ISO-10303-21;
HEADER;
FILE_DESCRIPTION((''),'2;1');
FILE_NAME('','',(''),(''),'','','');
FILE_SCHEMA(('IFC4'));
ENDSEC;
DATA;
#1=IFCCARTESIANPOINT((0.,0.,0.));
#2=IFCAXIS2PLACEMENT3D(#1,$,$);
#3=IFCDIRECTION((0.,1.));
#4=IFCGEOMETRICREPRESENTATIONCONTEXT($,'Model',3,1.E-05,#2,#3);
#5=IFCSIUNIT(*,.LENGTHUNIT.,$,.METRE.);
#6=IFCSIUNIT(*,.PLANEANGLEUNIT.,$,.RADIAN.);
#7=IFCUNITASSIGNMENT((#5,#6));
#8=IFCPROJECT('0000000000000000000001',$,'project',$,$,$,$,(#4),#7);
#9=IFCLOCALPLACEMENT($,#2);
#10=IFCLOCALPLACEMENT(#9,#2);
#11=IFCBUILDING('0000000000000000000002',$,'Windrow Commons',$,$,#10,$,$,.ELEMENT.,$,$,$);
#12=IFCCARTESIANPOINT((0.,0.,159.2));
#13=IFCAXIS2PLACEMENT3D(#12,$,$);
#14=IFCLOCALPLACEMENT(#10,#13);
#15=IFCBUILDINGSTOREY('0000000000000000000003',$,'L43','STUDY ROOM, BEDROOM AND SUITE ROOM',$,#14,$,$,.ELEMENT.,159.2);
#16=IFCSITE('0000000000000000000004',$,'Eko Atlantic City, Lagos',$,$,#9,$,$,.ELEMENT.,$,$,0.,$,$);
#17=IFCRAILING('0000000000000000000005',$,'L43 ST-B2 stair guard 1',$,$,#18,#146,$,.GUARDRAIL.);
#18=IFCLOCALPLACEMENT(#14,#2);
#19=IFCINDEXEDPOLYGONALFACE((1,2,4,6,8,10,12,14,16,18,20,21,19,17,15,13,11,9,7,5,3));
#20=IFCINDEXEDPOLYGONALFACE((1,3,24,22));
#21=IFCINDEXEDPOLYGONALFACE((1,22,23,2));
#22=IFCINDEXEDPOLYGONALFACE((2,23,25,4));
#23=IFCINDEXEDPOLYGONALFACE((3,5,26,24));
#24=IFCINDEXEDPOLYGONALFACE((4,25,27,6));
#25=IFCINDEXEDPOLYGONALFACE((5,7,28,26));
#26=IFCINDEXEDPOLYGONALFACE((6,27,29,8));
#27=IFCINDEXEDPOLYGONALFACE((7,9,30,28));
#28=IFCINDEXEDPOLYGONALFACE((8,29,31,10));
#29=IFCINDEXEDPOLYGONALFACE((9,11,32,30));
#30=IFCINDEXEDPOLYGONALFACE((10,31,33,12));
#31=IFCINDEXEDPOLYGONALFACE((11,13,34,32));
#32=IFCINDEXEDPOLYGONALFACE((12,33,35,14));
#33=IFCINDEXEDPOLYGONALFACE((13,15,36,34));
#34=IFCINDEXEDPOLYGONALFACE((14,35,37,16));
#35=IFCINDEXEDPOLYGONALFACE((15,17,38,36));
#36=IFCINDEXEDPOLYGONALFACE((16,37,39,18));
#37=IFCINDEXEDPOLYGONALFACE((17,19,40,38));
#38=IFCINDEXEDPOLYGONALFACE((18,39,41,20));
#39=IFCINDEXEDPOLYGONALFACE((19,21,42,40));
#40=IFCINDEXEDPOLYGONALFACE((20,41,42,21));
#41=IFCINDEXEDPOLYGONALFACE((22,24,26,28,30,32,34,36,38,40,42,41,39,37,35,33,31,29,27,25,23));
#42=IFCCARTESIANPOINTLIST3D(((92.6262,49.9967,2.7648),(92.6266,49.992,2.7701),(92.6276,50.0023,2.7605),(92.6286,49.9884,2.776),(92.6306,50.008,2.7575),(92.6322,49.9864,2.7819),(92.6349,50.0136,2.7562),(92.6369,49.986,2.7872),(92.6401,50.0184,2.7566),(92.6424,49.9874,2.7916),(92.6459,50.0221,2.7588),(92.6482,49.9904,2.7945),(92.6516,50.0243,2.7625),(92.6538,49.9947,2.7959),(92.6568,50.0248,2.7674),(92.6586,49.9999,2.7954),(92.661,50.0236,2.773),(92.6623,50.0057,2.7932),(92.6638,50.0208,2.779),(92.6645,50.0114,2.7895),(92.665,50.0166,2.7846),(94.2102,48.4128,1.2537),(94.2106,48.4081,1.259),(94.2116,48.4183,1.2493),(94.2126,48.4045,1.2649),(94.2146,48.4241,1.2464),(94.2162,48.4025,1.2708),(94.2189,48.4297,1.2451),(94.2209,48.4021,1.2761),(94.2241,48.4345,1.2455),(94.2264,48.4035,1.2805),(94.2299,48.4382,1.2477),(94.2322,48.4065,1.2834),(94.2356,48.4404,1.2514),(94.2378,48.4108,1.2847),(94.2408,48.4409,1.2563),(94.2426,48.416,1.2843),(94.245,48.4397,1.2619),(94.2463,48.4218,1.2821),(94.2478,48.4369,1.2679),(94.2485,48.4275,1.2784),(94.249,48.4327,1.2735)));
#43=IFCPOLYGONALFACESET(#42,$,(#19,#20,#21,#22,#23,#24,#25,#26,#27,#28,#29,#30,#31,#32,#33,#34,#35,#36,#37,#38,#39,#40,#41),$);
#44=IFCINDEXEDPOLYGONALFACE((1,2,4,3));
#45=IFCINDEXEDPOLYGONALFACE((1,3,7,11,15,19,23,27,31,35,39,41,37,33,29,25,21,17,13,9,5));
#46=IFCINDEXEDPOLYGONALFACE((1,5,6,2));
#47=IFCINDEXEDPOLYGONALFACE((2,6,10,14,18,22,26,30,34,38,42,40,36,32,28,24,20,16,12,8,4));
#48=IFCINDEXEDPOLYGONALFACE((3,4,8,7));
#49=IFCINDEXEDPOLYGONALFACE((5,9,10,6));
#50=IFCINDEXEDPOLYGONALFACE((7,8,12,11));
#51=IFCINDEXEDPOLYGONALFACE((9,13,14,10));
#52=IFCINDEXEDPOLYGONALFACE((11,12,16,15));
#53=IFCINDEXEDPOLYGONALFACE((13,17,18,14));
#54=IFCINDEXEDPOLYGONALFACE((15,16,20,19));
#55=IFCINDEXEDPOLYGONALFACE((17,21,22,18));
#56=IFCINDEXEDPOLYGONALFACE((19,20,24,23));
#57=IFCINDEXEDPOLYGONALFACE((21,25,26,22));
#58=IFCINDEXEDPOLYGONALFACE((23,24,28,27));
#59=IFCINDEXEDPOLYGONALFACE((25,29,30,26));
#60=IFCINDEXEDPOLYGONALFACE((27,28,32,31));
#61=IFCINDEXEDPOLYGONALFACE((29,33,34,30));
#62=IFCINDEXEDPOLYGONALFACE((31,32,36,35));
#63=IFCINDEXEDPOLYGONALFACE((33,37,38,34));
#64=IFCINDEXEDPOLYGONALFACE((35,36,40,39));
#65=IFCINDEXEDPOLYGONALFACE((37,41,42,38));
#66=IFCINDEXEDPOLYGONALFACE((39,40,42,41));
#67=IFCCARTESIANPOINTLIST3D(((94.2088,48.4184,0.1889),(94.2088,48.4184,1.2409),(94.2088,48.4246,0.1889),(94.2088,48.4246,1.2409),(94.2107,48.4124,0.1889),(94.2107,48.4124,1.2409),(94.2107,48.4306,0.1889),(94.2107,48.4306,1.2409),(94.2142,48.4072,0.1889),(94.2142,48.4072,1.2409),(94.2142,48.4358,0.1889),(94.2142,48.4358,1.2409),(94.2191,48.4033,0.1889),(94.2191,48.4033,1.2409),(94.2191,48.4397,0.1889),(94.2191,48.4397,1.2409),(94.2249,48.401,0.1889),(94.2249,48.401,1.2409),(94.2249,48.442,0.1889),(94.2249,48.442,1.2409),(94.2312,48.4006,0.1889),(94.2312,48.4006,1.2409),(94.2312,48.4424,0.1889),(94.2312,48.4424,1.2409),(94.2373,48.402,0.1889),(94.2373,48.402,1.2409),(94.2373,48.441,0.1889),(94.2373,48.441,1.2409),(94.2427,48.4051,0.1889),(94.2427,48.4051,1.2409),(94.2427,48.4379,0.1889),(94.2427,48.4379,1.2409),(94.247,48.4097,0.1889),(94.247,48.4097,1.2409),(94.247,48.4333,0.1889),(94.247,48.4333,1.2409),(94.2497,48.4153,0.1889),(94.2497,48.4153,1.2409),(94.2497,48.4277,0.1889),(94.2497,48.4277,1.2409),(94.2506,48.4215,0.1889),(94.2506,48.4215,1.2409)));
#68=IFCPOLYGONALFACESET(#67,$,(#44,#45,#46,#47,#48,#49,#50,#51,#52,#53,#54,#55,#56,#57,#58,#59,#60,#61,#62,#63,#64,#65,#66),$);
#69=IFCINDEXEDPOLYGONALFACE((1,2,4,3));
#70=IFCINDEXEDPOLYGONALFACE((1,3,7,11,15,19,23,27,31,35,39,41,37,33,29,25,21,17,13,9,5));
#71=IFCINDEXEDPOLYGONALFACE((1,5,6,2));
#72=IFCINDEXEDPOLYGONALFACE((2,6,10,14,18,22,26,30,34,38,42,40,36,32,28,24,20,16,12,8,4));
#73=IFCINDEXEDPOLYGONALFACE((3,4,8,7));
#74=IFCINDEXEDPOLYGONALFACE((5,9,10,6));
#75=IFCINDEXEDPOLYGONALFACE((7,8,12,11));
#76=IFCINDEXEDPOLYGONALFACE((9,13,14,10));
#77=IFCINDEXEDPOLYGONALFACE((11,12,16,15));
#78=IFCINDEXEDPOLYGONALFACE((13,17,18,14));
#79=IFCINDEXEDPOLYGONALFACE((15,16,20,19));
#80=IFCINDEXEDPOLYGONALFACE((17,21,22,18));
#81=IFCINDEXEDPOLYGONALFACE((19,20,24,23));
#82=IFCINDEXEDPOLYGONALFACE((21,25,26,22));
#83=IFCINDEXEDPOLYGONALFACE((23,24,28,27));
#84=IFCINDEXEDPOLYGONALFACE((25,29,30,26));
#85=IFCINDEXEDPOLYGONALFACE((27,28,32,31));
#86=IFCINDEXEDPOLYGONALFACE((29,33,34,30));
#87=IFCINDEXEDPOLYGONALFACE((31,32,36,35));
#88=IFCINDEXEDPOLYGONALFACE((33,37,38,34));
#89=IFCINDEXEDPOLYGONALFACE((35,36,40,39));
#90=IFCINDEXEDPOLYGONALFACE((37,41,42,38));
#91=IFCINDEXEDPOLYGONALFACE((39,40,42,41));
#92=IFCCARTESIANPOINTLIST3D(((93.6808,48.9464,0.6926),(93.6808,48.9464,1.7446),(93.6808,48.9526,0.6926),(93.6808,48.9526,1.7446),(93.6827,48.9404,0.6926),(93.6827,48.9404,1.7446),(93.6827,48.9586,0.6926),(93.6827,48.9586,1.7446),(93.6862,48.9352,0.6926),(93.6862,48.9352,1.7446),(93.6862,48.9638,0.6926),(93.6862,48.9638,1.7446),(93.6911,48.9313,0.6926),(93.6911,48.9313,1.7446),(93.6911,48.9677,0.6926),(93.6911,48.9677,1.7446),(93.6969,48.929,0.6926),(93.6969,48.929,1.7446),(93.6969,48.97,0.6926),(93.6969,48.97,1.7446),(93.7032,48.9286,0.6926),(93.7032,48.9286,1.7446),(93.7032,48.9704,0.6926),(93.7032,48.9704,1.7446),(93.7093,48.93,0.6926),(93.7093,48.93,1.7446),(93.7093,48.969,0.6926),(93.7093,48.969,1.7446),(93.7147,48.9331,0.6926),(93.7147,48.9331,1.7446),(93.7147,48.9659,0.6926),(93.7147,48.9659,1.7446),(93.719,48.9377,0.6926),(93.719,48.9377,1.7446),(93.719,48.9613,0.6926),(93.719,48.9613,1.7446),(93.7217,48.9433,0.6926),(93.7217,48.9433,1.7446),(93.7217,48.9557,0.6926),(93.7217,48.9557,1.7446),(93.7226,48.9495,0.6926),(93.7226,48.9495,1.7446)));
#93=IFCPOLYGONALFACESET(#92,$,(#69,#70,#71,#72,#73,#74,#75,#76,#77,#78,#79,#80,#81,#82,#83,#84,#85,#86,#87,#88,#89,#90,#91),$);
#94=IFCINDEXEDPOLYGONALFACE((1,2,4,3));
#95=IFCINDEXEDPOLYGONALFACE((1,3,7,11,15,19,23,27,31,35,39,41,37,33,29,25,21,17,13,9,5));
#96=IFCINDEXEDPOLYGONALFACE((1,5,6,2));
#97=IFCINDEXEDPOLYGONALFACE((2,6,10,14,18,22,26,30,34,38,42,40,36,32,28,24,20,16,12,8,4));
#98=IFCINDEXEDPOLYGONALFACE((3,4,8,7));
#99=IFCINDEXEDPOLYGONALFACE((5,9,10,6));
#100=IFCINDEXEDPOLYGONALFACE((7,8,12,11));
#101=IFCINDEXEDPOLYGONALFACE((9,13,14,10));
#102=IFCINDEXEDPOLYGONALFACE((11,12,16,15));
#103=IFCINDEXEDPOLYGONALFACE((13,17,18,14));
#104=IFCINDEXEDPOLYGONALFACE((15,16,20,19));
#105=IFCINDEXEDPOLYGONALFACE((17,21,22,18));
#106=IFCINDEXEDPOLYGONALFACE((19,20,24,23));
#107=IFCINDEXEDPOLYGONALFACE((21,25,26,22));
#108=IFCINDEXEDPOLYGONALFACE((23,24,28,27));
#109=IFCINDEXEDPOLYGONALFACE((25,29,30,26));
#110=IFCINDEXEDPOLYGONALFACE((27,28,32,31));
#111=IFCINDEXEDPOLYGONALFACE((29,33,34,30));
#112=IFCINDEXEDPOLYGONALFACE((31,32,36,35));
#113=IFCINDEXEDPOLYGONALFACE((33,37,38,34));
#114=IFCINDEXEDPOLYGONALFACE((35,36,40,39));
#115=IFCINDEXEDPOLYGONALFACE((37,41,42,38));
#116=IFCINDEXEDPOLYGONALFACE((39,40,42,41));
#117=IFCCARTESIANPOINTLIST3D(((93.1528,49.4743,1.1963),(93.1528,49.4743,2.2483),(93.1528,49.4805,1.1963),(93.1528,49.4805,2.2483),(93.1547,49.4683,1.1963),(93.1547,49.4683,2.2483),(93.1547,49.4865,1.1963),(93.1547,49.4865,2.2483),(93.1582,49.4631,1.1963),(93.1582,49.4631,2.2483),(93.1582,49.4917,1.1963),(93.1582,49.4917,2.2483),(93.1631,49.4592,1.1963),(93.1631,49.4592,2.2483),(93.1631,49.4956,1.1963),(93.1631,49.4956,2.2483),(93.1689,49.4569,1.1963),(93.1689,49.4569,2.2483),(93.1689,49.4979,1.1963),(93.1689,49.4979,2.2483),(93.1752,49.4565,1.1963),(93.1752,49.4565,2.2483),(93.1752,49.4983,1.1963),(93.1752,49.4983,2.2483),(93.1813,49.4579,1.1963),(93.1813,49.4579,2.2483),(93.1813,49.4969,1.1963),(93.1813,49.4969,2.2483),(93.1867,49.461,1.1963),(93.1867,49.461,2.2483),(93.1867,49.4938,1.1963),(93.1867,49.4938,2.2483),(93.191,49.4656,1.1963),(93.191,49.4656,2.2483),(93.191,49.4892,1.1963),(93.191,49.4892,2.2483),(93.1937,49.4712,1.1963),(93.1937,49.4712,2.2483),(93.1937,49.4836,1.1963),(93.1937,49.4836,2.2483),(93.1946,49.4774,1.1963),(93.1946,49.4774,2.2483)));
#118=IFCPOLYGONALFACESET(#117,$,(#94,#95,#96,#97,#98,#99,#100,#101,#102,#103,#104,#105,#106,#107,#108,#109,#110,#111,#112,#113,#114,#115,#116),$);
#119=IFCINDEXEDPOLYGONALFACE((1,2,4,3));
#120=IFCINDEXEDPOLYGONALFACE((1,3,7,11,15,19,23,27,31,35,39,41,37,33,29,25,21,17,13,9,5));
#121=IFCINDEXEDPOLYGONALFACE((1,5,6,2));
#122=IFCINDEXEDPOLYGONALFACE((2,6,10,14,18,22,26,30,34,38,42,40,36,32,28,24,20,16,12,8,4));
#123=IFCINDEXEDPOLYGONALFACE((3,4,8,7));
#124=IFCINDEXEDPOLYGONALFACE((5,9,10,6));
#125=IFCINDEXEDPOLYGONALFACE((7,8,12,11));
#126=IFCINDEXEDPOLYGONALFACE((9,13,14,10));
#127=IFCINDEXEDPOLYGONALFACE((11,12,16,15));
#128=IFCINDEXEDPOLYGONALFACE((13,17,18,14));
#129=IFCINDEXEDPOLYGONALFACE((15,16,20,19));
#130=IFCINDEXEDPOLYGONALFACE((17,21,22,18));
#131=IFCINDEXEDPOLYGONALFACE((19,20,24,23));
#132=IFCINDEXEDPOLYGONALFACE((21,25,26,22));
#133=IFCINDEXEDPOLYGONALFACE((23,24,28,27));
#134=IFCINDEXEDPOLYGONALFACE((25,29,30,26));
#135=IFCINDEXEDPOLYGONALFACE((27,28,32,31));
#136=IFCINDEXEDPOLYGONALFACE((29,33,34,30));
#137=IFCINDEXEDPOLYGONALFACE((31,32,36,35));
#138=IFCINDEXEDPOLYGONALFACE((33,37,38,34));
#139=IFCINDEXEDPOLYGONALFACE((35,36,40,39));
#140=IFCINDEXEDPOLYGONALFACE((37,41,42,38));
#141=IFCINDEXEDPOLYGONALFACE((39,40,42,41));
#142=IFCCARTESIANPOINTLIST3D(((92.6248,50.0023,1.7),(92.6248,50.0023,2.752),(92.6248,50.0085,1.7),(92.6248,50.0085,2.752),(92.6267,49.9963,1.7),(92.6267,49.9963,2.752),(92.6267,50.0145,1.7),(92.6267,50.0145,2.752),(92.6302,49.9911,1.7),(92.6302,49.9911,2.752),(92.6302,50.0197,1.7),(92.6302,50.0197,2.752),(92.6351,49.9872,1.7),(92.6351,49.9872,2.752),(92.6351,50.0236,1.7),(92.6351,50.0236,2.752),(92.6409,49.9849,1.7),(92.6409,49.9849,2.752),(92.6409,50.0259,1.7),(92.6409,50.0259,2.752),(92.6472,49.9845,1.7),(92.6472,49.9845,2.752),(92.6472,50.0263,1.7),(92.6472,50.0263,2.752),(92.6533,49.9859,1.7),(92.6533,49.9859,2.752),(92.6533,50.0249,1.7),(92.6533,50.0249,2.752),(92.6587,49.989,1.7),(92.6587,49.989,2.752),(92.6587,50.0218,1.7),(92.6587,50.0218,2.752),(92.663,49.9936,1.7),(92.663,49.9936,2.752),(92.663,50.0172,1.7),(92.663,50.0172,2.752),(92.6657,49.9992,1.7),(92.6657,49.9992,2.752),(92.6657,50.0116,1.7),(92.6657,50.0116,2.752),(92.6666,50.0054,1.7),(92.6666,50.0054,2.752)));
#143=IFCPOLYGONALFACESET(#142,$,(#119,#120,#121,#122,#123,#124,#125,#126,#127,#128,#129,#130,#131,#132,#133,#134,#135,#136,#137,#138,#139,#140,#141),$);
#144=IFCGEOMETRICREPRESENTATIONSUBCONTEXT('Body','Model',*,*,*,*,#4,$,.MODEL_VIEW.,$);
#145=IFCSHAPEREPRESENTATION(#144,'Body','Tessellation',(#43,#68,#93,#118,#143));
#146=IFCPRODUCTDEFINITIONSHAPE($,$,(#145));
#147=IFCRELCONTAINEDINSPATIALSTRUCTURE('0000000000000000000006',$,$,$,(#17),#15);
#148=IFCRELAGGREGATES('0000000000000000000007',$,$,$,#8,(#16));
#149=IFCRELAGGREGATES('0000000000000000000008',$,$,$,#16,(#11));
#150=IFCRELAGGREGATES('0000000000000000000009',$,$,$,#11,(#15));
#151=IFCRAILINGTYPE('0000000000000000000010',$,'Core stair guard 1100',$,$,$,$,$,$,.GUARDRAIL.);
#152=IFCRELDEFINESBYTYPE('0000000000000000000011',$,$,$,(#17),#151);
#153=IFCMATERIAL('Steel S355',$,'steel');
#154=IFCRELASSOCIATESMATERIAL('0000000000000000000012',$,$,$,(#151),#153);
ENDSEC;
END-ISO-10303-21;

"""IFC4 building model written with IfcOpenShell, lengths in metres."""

from ifc_helpers import new_model, si_unit, direction, frame, origin, origin_2d, place, context, subcontext, project, spatial, circle, extrude, material, type_object, element, save


model = new_model("IFC4")

# Units and contexts
model_context = context("Model", 3, precision=1e-05, world=origin(), true_north=direction((0.0, 1.0)))
body_context = subcontext(model_context, "Body", "Model", "MODEL_VIEW")
ifc_project = project(units=[si_unit("LENGTHUNIT", "METRE"), si_unit("PLANEANGLEUNIT", "RADIAN")], contexts=[model_context])

# Site, building, storey
site_placement = place(None, origin())
site = spatial("IfcSite", under=ifc_project, at=site_placement, Name="Eko Atlantic City, Lagos", CompositionType="ELEMENT", RefElevation=0.0)
building_placement = place(site_placement, origin())
building = spatial("IfcBuilding", under=site, at=building_placement, Name="Windrow Commons", CompositionType="ELEMENT")
storey_placement = place(building_placement, frame((0.0, 0.0, 159.2)))
storey = spatial("IfcBuildingStorey", under=building, at=storey_placement, Name="L43", Description="STUDY ROOM, BEDROOM AND SUITE ROOM", CompositionType="ELEMENT", Elevation=159.2)

# Railing
ifc_material_1 = material(Name="Steel S355", Category="steel")
railing_type = type_object("IfcRailingType", Name="Core stair guard 1100", PredefinedType="GUARDRAIL", material=ifc_material_1)
railing_placement = place(storey_placement, frame((94.2296, 48.4215, 0.1889)))
element("IfcRailing", 1, at=railing_placement, inside=storey, type_object=railing_type, Name="L43 ST-B2 stair guard 1", PredefinedType="GUARDRAIL", context=body_context, shape_type="SweptSolid", body=[
    extrude(circle(Radius=0.024, at=origin_2d()), frame((0.0, 0.0, 1.076), z_axis=(-0.586216, 0.586179, 0.559237), x_axis=(-0.707084, -0.707129, 0.0)), (0.0, 0.0, 1.0), 2.7021),
    extrude(circle(Radius=0.021, at=origin_2d()), origin(), (0.0, 0.0, 1.0), 1.052),
    extrude(circle(Radius=0.021, at=origin_2d()), frame((-0.528, 0.528, 0.5037)), (0.0, 0.0, 1.0), 1.052),
    extrude(circle(Radius=0.021, at=origin_2d()), frame((-1.056, 1.0559, 1.0074)), (0.0, 0.0, 1.0), 1.052),
    extrude(circle(Radius=0.021, at=origin_2d()), frame((-1.584, 1.5839, 1.5111)), (0.0, 0.0, 1.0), 1.052),
])

save(model, "model.ifc")
